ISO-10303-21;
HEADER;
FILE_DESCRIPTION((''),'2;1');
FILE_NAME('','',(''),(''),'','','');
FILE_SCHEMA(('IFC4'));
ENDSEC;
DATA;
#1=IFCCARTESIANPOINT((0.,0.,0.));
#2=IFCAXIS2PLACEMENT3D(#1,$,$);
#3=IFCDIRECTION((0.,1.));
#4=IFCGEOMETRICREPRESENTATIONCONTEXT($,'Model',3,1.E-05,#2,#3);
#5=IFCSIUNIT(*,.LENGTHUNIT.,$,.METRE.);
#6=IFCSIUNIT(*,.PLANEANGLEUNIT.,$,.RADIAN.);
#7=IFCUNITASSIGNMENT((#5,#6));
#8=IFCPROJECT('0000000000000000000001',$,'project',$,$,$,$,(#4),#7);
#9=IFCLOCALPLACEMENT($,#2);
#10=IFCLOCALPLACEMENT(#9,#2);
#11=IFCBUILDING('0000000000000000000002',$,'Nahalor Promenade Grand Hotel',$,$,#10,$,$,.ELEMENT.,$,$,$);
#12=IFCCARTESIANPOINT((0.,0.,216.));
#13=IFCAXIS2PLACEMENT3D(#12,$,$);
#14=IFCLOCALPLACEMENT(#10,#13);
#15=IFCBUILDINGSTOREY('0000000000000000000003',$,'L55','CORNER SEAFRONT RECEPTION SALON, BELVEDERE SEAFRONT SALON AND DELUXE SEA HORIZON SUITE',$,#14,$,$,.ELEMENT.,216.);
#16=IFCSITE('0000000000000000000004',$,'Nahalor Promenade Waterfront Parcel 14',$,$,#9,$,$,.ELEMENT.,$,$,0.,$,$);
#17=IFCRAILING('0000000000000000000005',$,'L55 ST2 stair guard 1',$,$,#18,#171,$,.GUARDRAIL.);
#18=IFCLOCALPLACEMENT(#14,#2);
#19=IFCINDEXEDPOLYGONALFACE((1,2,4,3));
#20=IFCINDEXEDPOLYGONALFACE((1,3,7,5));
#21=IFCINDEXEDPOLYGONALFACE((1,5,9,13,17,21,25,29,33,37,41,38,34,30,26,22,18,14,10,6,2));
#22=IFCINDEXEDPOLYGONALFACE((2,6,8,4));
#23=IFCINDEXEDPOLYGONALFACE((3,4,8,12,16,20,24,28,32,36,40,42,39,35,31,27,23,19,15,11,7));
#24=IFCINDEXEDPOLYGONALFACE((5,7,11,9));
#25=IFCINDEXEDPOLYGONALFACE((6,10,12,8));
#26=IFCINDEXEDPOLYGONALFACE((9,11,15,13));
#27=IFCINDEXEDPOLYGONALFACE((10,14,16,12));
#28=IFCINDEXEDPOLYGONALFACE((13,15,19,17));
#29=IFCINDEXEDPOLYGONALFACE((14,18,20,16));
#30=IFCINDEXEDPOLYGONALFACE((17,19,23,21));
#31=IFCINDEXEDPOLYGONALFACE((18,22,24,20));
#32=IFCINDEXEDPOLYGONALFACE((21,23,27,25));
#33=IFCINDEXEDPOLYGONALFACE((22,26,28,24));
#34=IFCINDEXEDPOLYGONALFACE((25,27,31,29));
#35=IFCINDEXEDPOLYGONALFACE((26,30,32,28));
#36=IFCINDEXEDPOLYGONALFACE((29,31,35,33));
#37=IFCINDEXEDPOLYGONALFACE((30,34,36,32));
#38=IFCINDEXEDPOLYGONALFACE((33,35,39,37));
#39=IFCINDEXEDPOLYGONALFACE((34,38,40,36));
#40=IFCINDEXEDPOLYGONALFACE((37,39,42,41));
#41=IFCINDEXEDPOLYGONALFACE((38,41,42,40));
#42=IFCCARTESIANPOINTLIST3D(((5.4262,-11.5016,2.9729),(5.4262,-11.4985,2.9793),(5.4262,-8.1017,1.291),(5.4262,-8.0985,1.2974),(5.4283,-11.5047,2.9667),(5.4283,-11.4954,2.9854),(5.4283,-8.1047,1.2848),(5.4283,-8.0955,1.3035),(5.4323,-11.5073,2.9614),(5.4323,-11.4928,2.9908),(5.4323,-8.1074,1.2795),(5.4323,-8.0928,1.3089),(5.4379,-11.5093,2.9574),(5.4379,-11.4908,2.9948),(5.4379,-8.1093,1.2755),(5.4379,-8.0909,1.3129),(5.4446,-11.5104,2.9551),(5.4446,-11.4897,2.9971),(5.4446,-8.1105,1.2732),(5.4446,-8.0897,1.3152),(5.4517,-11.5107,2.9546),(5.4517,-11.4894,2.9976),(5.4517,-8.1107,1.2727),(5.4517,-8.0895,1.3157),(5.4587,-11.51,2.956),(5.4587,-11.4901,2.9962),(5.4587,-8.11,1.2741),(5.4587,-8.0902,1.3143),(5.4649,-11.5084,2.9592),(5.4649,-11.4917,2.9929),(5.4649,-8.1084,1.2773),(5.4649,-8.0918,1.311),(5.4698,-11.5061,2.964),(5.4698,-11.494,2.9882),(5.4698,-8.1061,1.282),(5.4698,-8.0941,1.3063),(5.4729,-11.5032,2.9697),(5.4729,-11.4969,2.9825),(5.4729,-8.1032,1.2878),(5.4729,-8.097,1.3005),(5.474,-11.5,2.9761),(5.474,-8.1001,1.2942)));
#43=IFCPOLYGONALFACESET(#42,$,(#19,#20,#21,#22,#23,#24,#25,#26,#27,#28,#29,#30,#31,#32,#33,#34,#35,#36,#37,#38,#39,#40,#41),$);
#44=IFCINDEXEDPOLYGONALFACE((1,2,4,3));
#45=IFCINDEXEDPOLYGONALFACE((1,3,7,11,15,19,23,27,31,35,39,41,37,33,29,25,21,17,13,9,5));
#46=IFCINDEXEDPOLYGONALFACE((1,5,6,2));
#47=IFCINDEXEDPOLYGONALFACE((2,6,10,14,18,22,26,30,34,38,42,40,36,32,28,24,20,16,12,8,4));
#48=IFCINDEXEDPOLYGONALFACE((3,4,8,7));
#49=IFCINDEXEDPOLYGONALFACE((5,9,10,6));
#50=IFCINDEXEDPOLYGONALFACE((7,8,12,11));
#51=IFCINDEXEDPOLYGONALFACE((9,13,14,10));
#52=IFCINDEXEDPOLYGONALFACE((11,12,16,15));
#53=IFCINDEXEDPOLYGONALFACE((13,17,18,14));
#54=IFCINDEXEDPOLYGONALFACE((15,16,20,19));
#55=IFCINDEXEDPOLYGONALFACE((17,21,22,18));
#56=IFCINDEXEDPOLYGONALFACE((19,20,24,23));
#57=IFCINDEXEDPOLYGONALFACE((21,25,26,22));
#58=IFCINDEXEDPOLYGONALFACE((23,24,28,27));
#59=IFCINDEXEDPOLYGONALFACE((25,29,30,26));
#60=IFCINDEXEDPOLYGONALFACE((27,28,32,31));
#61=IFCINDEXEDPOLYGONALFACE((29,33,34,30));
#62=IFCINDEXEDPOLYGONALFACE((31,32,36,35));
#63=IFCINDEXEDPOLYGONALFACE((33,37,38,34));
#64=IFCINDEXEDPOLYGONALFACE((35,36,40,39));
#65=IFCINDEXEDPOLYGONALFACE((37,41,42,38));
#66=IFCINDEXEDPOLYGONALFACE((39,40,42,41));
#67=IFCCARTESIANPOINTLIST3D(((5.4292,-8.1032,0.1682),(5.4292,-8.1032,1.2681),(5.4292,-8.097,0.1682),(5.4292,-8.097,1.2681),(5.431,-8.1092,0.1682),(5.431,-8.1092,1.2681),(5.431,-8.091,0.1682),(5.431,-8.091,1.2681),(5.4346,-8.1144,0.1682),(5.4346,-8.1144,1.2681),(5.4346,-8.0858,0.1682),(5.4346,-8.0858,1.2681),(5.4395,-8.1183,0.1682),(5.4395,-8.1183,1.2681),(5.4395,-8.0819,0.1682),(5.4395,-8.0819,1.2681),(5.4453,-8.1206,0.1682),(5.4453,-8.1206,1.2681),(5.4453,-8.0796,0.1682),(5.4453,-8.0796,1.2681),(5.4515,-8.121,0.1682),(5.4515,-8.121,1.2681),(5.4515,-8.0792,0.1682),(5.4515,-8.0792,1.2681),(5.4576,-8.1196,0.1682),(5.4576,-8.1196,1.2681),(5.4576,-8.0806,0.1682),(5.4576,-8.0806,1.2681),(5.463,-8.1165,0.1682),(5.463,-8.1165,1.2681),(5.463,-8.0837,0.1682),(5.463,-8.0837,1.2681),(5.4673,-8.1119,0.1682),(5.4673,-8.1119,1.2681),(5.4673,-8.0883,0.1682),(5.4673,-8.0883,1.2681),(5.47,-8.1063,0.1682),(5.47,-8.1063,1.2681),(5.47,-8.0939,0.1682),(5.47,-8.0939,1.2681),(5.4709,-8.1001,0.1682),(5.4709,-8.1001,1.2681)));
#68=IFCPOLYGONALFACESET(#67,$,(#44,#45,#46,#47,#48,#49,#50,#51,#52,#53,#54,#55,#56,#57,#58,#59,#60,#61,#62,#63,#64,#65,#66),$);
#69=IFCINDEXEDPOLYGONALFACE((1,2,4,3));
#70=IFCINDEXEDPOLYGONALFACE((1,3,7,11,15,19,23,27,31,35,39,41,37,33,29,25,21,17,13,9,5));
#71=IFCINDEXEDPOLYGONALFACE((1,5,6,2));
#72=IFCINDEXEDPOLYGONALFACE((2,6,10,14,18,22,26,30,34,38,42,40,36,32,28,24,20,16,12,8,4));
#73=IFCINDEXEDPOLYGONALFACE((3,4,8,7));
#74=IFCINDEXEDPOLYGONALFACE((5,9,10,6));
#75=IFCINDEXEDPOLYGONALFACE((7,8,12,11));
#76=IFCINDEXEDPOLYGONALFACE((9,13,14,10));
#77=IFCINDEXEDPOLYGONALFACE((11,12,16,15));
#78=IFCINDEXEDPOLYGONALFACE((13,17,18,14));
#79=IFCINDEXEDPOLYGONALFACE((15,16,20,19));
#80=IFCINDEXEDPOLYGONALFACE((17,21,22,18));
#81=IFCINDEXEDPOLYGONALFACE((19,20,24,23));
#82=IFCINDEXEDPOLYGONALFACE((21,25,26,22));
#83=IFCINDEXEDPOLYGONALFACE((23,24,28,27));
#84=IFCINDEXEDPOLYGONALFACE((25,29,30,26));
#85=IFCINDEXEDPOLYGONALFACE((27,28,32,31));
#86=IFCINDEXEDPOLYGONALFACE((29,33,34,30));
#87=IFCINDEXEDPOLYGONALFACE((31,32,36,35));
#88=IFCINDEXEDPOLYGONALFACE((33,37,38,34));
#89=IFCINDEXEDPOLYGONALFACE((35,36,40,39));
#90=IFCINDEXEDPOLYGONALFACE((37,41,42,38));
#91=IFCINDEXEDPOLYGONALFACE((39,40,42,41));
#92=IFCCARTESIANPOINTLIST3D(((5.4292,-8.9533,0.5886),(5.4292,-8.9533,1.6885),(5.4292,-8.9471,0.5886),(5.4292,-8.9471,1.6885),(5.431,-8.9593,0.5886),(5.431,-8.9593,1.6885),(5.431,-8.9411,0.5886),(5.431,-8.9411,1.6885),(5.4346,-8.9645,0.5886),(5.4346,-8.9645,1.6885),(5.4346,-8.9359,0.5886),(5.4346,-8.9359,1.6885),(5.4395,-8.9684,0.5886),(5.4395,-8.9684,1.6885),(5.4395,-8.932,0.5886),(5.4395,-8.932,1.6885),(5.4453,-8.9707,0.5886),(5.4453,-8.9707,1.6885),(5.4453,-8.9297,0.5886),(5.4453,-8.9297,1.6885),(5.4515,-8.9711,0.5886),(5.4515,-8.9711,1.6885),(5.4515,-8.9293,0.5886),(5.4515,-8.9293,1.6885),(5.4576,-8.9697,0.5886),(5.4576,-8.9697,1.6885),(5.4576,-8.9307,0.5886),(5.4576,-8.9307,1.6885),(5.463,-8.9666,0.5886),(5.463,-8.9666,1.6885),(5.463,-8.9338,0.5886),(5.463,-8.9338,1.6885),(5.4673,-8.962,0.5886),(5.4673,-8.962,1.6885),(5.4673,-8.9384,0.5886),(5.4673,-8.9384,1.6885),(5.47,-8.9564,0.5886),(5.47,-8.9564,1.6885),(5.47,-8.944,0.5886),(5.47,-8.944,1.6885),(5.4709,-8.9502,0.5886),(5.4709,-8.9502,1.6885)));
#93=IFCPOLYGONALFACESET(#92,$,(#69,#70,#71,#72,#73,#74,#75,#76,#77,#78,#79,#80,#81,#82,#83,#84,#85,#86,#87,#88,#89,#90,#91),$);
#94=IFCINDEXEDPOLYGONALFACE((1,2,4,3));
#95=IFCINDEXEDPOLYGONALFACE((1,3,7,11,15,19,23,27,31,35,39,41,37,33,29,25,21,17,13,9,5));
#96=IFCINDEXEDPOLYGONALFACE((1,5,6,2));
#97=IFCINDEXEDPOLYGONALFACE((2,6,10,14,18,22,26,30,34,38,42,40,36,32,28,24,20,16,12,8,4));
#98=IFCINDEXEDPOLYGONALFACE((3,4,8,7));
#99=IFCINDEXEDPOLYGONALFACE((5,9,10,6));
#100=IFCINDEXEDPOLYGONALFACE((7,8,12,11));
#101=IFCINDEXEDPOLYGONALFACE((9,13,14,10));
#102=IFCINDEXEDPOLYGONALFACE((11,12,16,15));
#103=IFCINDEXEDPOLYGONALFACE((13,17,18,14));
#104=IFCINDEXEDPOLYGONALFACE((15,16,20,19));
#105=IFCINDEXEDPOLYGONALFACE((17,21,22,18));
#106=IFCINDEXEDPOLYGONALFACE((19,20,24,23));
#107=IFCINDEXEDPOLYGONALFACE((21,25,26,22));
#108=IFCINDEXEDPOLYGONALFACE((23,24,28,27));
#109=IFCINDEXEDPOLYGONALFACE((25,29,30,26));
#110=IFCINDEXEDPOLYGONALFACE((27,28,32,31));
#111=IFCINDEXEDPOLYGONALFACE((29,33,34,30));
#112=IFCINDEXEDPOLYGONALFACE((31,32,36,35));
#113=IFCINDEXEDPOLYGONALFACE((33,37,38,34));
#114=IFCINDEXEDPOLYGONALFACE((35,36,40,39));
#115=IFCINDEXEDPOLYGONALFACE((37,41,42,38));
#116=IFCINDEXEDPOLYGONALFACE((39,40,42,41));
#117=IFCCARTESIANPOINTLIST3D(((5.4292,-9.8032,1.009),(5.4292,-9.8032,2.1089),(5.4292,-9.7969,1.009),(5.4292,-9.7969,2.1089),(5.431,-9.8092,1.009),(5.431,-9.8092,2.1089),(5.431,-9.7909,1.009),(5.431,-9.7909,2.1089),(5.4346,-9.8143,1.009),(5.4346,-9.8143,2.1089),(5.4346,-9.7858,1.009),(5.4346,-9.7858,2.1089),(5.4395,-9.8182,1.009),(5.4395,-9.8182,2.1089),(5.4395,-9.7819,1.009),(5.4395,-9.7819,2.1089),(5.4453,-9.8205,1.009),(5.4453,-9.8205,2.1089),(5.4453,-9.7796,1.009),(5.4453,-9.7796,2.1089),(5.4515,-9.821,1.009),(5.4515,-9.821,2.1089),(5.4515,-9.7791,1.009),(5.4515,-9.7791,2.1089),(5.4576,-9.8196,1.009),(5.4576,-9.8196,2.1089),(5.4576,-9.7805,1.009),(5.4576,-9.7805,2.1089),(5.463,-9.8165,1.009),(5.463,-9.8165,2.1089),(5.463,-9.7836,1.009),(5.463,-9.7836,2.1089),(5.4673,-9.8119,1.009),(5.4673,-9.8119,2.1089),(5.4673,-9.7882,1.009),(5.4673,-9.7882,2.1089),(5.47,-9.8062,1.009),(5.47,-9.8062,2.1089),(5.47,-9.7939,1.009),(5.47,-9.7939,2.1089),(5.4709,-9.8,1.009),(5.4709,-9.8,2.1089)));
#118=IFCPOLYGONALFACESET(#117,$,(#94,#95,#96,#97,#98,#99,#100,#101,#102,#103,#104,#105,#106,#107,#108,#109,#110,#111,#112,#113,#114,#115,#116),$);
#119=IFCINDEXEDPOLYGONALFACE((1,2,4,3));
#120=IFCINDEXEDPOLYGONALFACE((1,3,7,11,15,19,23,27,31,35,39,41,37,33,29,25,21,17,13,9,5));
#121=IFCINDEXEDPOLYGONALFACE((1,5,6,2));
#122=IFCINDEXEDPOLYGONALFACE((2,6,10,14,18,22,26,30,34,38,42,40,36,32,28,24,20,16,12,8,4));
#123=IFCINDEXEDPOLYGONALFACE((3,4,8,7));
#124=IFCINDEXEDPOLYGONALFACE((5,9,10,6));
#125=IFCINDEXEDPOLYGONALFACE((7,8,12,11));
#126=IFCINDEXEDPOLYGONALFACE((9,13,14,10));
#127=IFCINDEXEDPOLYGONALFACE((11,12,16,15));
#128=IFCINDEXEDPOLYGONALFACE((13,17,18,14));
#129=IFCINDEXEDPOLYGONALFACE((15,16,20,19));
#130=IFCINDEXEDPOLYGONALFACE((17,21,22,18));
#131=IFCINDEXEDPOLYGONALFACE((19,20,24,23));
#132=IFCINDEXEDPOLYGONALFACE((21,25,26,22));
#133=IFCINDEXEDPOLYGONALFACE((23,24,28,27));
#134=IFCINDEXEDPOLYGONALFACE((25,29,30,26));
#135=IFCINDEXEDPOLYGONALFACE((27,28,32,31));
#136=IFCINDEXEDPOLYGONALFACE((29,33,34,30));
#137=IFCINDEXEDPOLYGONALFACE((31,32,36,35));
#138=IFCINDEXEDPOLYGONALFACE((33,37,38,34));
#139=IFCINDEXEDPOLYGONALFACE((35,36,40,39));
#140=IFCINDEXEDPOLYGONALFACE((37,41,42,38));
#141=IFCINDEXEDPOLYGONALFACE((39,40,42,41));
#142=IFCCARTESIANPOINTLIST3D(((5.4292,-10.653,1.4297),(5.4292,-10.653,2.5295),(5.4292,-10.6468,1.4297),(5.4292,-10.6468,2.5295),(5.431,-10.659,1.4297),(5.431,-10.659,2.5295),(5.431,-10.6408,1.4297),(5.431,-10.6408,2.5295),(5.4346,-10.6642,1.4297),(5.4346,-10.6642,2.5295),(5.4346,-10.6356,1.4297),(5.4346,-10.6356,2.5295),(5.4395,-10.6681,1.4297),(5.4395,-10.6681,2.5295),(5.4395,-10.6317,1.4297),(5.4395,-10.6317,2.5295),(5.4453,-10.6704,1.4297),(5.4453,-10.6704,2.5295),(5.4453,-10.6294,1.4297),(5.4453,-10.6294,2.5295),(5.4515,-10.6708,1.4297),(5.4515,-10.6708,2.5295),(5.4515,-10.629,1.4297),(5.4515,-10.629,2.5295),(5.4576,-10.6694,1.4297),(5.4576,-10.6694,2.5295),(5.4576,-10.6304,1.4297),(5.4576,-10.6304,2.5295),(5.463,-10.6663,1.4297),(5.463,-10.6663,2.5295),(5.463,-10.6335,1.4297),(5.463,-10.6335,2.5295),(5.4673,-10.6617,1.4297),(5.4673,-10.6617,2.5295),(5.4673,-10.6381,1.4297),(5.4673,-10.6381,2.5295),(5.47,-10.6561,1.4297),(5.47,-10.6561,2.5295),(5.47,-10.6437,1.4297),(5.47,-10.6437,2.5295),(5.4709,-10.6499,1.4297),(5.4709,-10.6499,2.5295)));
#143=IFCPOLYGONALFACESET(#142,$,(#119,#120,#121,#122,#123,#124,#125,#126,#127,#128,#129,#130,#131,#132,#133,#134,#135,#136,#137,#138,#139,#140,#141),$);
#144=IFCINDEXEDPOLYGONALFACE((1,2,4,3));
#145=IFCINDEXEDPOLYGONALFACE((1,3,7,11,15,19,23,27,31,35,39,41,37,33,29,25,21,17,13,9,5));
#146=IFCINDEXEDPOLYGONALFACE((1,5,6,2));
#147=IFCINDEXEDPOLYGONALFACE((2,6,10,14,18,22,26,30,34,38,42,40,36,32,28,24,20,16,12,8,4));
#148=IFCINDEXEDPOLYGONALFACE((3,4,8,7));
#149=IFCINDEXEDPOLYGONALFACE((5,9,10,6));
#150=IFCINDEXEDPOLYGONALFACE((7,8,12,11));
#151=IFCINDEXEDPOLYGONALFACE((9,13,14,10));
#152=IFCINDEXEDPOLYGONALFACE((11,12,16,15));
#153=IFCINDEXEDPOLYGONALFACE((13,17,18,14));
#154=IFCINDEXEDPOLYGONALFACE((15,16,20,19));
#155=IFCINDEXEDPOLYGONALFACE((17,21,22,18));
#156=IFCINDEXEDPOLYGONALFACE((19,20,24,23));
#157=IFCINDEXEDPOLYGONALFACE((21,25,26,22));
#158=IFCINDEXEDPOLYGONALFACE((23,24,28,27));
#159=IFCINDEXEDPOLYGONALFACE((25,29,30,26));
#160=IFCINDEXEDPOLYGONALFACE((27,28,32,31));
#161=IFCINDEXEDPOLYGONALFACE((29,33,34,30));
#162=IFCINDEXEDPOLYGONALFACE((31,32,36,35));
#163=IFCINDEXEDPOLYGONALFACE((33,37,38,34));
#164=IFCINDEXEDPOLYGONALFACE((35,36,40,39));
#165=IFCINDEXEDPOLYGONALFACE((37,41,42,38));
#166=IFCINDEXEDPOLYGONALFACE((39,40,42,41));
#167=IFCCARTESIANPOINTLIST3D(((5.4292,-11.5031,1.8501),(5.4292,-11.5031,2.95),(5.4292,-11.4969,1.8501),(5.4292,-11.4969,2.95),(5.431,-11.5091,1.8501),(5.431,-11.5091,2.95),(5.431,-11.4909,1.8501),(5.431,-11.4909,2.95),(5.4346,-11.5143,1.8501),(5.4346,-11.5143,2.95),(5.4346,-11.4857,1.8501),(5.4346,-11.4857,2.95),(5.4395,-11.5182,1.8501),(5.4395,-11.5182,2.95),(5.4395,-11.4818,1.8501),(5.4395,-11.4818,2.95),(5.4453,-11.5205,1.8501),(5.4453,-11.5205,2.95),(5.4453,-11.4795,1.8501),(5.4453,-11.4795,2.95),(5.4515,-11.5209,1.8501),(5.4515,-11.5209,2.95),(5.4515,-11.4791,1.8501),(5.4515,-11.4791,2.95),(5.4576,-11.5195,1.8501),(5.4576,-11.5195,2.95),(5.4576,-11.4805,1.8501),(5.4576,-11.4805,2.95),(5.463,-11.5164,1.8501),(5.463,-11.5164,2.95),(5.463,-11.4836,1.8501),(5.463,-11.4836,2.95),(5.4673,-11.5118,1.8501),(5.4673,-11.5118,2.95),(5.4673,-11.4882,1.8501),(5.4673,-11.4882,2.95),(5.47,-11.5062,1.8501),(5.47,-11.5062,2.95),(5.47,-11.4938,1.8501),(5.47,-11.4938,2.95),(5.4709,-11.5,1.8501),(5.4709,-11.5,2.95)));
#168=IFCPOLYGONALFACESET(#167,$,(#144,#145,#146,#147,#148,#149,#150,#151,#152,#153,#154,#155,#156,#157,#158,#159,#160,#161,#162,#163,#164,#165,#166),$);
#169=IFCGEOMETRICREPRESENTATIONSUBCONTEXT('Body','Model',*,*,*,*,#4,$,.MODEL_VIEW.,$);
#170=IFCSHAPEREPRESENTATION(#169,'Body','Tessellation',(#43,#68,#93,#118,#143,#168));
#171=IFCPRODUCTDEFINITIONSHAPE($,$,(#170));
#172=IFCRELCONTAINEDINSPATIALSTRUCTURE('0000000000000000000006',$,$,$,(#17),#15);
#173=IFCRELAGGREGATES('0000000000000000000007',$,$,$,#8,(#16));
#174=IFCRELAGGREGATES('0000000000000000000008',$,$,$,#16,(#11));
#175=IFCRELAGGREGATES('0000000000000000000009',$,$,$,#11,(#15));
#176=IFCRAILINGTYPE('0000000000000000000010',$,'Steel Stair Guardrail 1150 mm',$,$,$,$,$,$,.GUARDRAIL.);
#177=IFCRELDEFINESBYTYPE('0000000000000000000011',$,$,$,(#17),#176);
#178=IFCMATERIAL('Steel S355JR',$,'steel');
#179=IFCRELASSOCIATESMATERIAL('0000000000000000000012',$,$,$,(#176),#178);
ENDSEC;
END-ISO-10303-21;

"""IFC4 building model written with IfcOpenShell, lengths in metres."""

from ifc_helpers import new_model, si_unit, direction, frame, origin, origin_2d, place, context, subcontext, project, spatial, circle, extrude, material, type_object, element, save


model = new_model("IFC4")

# Units and contexts
model_context = context("Model", 3, precision=1e-05, world=origin(), true_north=direction((0.0, 1.0)))
body_context = subcontext(model_context, "Body", "Model", "MODEL_VIEW")
ifc_project = project(units=[si_unit("LENGTHUNIT", "METRE"), si_unit("PLANEANGLEUNIT", "RADIAN")], contexts=[model_context])

# Site, building, storey
site_placement = place(None, origin())
site = spatial("IfcSite", under=ifc_project, at=site_placement, Name="Nahalor Promenade Waterfront Parcel 14", CompositionType="ELEMENT", RefElevation=0.0)
building_placement = place(site_placement, origin())
building = spatial("IfcBuilding", under=site, at=building_placement, Name="Nahalor Promenade Grand Hotel", CompositionType="ELEMENT")
storey_placement = place(building_placement, frame((0.0, 0.0, 216.0)))
storey = spatial("IfcBuildingStorey", under=building, at=storey_placement, Name="L55", Description="CORNER SEAFRONT RECEPTION SALON, BELVEDERE SEAFRONT SALON AND DELUXE SEA HORIZON SUITE", CompositionType="ELEMENT", Elevation=216.0)

# Shared definitions
ifc_material_1 = material(Name="Steel S355JR", Category="steel")

# Railing
railing_type_1 = type_object("IfcRailingType", Name="Steel Stair Guardrail 1150 mm", PredefinedType="GUARDRAIL", material=ifc_material_1)
railing_1_placement = place(storey_placement, frame((5.45, -8.1001, 0.1682)))
element("IfcRailing", 1, at=railing_1_placement, inside=storey, type_object=railing_type_1, Name="L55 ST2 stair guard 1", PredefinedType="GUARDRAIL", context=body_context, shape_type="SweptSolid", body=[
    extrude(circle(Radius=0.024, at=origin_2d()), frame((0.0, 0.0, 1.126), z_axis=(0.0, -0.896324, 0.443399), x_axis=(1.0, 0.0, 0.0)), (0.0, 0.0, 1.0), 3.7932),
    extrude(circle(Radius=0.021, at=origin_2d()), origin(), (0.0, 0.0, 1.0), 1.0999),
    extrude(circle(Radius=0.021, at=origin_2d()), frame((0.0, -0.8501, 0.4204)), (0.0, 0.0, 1.0), 1.0999),
    extrude(circle(Radius=0.021, at=origin_2d()), frame((0.0, -1.7, 0.8408)), (0.0, 0.0, 1.0), 1.0999),
    extrude(circle(Radius=0.021, at=origin_2d()), frame((0.0, -2.5498, 1.2615)), (0.0, 0.0, 1.0), 1.0999),
    extrude(circle(Radius=0.021, at=origin_2d()), frame((0.0, -3.3999, 1.6819)), (0.0, 0.0, 1.0), 1.0999),
])

save(model, "model.ifc")
